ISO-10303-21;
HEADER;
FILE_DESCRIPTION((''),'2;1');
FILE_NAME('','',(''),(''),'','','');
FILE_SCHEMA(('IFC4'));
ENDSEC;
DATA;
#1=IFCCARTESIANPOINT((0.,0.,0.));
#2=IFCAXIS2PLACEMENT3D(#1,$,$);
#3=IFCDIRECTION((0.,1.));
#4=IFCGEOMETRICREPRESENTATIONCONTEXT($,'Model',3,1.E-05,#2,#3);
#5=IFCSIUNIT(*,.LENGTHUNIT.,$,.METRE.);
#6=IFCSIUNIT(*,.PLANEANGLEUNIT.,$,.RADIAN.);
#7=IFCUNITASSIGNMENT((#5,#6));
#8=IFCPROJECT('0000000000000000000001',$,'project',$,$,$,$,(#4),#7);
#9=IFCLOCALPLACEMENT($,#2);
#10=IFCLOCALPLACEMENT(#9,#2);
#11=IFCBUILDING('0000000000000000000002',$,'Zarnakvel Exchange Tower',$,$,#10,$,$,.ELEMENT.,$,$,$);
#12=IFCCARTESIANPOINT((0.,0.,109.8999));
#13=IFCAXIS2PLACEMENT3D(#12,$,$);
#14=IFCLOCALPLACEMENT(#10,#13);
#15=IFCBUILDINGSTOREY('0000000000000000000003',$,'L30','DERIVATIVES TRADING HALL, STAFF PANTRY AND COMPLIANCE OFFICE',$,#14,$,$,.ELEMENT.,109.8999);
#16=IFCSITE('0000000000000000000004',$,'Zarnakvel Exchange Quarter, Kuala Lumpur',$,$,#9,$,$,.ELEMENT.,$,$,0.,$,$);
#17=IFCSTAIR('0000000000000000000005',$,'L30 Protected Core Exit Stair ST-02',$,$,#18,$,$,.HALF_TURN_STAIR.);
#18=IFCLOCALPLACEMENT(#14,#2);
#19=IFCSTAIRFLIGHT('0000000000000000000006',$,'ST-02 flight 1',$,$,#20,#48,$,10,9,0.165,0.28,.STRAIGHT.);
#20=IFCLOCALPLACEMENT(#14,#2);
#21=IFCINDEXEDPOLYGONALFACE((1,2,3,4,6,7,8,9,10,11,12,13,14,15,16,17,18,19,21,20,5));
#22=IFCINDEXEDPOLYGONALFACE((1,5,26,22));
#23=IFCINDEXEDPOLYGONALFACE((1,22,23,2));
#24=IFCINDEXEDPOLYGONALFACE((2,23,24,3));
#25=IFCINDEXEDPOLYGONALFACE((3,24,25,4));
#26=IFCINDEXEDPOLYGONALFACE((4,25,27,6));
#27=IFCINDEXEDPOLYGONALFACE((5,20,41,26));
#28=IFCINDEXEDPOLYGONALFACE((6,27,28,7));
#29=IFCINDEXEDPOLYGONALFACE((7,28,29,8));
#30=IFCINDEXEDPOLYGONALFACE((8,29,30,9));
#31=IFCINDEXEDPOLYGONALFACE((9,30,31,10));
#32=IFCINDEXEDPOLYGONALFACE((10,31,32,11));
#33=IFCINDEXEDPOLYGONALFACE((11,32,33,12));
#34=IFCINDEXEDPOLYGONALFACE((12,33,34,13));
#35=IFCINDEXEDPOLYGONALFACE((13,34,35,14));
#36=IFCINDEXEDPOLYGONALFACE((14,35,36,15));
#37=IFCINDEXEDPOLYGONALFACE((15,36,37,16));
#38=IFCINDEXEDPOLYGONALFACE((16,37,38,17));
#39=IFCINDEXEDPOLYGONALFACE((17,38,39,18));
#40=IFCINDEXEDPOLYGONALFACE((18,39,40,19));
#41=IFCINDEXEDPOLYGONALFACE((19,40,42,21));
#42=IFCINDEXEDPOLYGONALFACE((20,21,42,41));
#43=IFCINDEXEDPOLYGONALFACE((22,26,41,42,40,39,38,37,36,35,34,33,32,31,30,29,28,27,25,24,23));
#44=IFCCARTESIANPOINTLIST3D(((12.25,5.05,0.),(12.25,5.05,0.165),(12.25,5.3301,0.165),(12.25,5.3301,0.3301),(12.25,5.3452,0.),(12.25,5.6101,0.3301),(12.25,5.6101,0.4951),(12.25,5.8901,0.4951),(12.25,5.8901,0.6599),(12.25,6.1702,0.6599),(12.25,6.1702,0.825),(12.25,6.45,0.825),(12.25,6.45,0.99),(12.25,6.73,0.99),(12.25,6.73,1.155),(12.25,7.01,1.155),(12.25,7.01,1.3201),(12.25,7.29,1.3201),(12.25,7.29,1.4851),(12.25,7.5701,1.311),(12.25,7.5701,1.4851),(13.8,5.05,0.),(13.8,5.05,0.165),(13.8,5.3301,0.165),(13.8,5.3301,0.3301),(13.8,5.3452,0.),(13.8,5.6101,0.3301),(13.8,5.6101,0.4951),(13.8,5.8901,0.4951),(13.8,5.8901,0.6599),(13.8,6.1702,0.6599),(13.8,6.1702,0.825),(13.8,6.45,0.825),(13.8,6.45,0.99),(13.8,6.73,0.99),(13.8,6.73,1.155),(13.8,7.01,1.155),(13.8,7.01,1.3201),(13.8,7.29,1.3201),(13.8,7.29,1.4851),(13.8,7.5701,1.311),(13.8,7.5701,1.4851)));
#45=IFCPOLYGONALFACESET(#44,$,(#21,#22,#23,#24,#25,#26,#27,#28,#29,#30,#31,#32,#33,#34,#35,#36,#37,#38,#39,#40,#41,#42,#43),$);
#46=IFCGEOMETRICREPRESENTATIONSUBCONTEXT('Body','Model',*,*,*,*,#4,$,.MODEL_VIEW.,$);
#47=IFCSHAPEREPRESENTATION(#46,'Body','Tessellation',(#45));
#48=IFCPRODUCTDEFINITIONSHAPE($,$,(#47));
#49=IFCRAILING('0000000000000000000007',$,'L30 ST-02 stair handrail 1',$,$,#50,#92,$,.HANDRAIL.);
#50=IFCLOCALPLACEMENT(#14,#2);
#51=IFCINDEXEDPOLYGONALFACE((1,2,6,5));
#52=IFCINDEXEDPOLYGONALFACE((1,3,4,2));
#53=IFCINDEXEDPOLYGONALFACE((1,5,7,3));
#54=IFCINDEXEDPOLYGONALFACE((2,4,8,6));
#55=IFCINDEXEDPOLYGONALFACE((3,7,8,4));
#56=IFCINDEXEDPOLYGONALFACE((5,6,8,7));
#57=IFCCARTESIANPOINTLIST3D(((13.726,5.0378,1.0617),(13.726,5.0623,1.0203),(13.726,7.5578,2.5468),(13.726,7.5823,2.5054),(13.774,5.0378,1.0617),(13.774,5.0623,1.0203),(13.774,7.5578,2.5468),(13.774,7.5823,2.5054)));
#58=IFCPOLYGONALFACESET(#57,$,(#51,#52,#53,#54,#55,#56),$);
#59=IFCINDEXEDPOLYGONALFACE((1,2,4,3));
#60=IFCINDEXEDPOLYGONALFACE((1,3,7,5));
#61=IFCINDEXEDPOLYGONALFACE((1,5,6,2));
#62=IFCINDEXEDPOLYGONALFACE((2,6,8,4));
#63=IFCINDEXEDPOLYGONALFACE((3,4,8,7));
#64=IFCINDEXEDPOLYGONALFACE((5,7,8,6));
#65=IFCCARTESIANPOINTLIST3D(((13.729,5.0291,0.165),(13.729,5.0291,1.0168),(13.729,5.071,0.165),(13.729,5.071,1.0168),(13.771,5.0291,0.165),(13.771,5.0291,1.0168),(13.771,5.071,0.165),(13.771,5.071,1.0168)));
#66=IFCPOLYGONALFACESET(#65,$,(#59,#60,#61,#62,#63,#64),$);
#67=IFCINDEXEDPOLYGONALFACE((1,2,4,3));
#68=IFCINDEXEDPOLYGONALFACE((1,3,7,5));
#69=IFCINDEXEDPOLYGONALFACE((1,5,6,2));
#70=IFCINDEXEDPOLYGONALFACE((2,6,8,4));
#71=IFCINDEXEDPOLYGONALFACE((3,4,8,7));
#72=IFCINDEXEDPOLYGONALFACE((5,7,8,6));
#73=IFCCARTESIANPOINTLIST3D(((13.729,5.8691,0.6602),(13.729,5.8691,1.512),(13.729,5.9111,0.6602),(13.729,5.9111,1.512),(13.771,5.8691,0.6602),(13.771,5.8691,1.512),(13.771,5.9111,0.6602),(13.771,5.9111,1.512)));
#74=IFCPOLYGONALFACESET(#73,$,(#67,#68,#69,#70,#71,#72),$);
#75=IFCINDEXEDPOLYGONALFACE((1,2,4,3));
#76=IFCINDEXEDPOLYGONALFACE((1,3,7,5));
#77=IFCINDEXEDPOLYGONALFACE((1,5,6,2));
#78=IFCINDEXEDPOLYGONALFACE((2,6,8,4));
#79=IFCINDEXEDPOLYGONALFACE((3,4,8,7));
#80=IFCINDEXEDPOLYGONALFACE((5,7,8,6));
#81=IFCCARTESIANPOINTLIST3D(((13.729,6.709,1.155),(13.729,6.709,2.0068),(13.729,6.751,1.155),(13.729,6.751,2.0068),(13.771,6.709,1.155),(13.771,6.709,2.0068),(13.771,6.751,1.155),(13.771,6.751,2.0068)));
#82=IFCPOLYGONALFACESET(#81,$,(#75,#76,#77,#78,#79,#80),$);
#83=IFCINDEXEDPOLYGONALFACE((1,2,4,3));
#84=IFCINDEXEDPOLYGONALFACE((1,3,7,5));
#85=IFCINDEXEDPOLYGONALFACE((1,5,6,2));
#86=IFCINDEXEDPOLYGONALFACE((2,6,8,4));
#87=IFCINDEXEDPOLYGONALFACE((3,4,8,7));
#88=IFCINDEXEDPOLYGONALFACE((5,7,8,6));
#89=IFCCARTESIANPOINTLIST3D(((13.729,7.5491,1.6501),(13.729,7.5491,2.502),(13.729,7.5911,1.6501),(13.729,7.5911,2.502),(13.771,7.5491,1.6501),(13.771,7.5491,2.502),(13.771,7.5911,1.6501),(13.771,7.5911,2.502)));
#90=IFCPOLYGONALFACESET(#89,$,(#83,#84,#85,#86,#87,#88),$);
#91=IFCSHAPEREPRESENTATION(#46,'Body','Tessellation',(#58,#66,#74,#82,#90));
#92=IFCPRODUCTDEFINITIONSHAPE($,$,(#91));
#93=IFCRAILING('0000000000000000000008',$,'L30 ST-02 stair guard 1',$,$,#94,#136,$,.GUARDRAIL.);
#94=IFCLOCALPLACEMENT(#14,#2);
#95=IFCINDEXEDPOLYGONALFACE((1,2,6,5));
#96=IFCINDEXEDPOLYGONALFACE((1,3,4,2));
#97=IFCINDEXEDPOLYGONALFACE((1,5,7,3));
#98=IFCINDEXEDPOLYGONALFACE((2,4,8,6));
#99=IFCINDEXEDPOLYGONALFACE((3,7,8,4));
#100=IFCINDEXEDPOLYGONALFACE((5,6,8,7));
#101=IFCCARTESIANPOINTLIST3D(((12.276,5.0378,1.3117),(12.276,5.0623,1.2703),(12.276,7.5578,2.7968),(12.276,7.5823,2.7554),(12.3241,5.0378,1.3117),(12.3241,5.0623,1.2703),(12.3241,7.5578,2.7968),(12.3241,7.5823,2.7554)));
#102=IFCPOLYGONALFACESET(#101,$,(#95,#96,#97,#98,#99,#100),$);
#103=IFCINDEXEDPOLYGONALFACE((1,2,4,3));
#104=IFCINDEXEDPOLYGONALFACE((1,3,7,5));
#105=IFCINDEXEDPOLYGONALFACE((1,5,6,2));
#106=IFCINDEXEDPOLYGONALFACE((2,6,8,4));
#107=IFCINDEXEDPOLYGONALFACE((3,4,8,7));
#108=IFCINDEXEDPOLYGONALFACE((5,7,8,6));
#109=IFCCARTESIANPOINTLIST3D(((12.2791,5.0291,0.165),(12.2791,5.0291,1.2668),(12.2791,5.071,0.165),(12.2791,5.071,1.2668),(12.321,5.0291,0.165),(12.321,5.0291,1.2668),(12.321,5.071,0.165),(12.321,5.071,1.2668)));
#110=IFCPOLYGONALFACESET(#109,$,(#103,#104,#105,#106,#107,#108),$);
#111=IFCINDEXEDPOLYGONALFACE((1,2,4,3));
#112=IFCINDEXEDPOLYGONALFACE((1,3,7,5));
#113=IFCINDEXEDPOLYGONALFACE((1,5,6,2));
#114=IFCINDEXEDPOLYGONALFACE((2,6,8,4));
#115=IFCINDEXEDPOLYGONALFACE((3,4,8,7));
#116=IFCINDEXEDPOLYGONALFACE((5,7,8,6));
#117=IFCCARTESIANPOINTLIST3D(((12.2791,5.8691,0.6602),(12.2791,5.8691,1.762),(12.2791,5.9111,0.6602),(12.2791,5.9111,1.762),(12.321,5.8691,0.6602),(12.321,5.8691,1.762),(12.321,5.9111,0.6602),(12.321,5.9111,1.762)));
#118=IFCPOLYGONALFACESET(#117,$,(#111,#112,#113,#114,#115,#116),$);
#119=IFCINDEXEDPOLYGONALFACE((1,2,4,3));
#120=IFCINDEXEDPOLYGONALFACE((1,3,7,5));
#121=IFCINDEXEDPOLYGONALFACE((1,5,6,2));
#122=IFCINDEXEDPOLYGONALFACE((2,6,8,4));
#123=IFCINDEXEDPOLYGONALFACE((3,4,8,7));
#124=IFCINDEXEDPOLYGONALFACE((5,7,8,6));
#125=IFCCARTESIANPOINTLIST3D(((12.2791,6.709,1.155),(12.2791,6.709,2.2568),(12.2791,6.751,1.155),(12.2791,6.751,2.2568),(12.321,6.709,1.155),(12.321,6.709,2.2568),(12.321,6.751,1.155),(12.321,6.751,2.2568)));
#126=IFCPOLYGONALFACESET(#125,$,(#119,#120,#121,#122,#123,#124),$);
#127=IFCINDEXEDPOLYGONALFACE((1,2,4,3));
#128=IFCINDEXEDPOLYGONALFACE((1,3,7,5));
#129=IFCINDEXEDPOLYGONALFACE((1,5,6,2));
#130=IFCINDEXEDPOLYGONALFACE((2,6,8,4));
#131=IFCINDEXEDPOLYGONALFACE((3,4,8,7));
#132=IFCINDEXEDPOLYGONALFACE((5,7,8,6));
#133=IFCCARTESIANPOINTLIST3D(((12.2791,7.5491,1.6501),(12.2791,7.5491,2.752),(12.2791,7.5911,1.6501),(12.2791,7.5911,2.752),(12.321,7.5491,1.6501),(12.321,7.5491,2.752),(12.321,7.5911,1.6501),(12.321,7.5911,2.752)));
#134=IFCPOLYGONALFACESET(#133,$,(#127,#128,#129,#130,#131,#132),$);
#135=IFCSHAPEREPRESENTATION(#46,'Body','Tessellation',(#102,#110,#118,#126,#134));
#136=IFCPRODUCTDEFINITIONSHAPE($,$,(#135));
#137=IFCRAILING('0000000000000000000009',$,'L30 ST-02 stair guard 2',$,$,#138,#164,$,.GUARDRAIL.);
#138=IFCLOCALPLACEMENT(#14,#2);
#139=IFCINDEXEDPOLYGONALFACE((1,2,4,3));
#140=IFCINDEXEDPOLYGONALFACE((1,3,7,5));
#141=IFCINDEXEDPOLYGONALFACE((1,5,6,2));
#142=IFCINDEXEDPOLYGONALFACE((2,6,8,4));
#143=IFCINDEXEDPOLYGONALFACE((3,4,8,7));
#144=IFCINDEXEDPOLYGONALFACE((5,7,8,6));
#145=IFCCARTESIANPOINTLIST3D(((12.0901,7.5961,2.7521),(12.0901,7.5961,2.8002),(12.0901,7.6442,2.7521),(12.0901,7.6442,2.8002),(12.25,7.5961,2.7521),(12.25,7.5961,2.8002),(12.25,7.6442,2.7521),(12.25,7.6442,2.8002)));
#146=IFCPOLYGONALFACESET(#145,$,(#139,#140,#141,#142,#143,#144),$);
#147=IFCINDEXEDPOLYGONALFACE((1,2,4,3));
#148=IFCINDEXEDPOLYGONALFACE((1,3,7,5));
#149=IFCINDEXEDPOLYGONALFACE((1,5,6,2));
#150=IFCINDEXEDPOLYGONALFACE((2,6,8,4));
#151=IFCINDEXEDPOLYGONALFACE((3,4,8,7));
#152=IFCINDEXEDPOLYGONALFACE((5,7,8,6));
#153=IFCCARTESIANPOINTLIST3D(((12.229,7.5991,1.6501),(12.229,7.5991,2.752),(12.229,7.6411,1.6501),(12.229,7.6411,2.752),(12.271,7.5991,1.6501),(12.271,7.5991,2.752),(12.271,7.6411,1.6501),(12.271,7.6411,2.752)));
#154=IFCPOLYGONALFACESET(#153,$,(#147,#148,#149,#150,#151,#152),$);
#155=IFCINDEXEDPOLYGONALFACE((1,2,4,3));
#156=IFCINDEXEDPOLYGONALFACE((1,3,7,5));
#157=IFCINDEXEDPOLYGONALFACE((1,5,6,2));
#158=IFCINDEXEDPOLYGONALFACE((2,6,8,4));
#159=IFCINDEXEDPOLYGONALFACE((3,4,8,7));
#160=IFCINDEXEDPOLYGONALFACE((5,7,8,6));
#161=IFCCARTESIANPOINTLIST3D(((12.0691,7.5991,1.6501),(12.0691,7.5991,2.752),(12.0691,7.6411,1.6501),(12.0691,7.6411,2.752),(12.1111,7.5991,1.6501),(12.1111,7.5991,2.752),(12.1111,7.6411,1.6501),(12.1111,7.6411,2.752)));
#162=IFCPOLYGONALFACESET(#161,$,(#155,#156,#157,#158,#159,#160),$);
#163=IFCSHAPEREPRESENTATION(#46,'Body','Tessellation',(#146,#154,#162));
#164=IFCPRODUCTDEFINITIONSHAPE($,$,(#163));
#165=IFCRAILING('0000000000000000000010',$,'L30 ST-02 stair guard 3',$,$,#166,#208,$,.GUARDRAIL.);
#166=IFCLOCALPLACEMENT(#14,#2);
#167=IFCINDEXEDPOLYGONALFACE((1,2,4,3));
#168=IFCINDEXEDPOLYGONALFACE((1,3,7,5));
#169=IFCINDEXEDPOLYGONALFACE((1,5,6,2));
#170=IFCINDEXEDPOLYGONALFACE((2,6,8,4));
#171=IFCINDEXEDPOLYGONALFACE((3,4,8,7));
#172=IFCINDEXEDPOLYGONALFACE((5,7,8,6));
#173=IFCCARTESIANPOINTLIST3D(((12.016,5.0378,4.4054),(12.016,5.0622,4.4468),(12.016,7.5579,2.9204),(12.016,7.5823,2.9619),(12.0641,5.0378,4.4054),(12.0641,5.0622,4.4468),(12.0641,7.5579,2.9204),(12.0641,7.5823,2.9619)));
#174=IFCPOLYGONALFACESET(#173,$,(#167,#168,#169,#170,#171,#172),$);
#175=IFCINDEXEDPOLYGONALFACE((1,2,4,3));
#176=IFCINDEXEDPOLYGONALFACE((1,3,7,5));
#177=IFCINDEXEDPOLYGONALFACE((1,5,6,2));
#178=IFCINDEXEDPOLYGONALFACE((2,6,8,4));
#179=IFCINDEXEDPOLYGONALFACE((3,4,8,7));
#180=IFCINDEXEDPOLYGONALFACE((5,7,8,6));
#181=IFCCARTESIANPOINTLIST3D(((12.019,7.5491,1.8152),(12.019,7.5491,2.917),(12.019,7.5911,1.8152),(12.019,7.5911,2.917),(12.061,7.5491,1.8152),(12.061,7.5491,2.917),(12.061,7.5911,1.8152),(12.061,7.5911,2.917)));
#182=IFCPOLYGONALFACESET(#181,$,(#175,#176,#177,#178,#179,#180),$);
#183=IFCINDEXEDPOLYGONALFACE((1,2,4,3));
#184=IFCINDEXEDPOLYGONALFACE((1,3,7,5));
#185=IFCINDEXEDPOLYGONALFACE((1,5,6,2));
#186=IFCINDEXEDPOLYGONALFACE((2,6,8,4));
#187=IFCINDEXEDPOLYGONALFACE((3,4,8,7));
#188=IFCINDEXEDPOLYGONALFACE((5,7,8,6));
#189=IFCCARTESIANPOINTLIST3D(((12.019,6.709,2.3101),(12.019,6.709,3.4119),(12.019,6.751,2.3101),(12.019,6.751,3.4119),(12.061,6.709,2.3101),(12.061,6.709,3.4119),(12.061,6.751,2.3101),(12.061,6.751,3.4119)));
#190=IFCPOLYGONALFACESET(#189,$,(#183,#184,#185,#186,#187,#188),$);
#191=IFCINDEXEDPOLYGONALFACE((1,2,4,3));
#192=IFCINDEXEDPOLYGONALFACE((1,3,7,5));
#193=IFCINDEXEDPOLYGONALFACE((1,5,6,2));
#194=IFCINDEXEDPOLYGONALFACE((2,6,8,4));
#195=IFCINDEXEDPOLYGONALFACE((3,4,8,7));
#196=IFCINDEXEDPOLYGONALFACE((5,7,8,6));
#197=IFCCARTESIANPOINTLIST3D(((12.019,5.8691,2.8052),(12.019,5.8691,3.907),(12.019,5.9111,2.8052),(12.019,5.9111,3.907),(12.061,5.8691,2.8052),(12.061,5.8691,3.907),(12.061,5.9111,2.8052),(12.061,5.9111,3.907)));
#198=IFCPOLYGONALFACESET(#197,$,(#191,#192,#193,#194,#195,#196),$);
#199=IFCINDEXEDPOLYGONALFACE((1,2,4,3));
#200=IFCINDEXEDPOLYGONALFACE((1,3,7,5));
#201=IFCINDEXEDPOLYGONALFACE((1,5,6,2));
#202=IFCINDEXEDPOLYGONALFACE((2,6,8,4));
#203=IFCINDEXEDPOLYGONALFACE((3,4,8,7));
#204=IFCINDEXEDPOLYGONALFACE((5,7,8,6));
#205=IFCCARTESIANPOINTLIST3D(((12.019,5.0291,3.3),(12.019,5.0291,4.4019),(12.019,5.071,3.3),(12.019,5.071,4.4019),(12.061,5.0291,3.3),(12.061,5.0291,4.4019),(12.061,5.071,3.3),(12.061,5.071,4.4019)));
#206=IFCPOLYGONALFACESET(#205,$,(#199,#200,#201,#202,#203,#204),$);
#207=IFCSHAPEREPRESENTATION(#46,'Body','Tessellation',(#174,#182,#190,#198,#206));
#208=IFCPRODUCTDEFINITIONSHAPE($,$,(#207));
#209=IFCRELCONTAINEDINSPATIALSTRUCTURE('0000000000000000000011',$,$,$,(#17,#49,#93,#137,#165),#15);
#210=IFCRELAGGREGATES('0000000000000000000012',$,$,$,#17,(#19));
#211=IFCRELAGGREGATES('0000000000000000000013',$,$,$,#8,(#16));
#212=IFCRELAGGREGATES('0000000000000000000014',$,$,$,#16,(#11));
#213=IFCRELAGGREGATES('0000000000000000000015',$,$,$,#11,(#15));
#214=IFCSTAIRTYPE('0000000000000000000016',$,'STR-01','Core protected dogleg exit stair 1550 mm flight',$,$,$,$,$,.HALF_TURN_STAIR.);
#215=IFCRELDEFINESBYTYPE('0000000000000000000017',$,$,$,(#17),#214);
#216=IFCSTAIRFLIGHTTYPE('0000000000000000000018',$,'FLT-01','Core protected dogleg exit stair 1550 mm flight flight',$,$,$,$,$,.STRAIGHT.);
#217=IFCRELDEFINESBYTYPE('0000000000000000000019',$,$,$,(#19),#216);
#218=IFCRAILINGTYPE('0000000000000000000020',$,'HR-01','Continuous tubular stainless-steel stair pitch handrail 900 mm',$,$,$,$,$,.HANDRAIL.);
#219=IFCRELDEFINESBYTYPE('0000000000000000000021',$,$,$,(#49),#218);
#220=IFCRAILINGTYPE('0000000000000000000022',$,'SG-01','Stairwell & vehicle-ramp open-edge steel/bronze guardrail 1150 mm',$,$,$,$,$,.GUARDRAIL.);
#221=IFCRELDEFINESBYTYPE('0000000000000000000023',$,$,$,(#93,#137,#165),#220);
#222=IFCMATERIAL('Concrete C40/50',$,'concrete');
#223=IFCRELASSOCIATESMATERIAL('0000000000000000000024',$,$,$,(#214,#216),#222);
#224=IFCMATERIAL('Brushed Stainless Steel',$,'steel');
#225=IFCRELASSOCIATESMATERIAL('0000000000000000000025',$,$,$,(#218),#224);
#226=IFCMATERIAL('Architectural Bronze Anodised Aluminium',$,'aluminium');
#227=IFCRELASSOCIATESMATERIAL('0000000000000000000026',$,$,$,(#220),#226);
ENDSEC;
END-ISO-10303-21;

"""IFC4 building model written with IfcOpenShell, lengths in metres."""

from ifc_helpers import new_model, si_unit, direction, frame, origin, origin_2d, place, context, subcontext, project, spatial, polyline, rectangle, outline, extrude, material, type_object, element, aggregate, save


model = new_model("IFC4")

# Units and contexts
model_context = context("Model", 3, precision=1e-05, world=origin(), true_north=direction((0.0, 1.0)))
body_context = subcontext(model_context, "Body", "Model", "MODEL_VIEW")
ifc_project = project(units=[si_unit("LENGTHUNIT", "METRE"), si_unit("PLANEANGLEUNIT", "RADIAN")], contexts=[model_context])

# Site, building, storey
site_placement = place(None, origin())
site = spatial("IfcSite", under=ifc_project, at=site_placement, Name="Zarnakvel Exchange Quarter, Kuala Lumpur", CompositionType="ELEMENT", RefElevation=0.0)
building_placement = place(site_placement, origin())
building = spatial("IfcBuilding", under=site, at=building_placement, Name="Zarnakvel Exchange Tower", CompositionType="ELEMENT")
storey_placement = place(building_placement, frame((0.0, 0.0, 109.8999)))
storey = spatial("IfcBuildingStorey", under=building, at=storey_placement, Name="L30", Description="DERIVATIVES TRADING HALL, STAFF PANTRY AND COMPLIANCE OFFICE", CompositionType="ELEMENT", Elevation=109.8999)

# Shared definitions
ifc_material_1 = material(Name="Architectural Bronze Anodised Aluminium", Category="aluminium")

# Shared definitions
ifc_material_2 = material(Name="Concrete C40/50", Category="concrete")

# Stair, stair flight
stair_type = type_object("IfcStairType", Name="STR-01", Description="Core protected dogleg exit stair 1550 mm flight", PredefinedType="HALF_TURN_STAIR", material=ifc_material_2)
stair_placement = place(storey_placement, origin())
stair = element("IfcStair", 1, at=stair_placement, inside=storey, type_object=stair_type, Name="L30 Protected Core Exit Stair ST-02", PredefinedType="HALF_TURN_STAIR")
stair_flight_type = type_object("IfcStairFlightType", Name="FLT-01", Description="Core protected dogleg exit stair 1550 mm flight flight", PredefinedType="STRAIGHT", material=ifc_material_2)
stair_flight_placement = place(storey_placement, frame((13.0249, 5.05, 0.0), z_axis=(0.0, 0.0, 1.0), x_axis=(0.0, 1.0, 0.0)))
stair_flight = element("IfcStairFlight", 2, at=stair_flight_placement, type_object=stair_flight_type, Name="ST-02 flight 1", NumberOfRisers=10, NumberOfTreads=9, PredefinedType="STRAIGHT", RiserHeight=0.165, TreadLength=0.28, context=body_context, shape_type="SweptSolid", body=[
    extrude(outline(polyline([(0.0, 0.0), (0.0, 0.165), (0.28, 0.165), (0.28, 0.3301), (0.5601, 0.3301), (0.5601, 0.4951), (0.8401, 0.4951), (0.8401, 0.6599), (1.1201, 0.6599), (1.1201, 0.825), (1.3999, 0.825), (1.3999, 0.99), (1.6799, 0.99), (1.6799, 1.155), (1.96, 1.155), (1.96, 1.3201), (2.24, 1.3201), (2.24, 1.4851), (2.52, 1.4851), (2.52, 1.6499), (2.52, 1.311), (0.2952, 0.0), (0.0, 0.0)])), frame((0.0, 0.7749, 0.0), z_axis=(0.0, -1.0, 0.0), x_axis=(1.0, 0.0, 0.0)), (0.0, 0.0, 1.0), 1.55),
])
aggregate(stair, [stair_flight])

# Railings
ifc_material_3 = material(Name="Brushed Stainless Steel", Category="steel")
railing_type_1 = type_object("IfcRailingType", Name="HR-01", Description="Continuous tubular stainless-steel stair pitch handrail 900 mm", PredefinedType="HANDRAIL", material=ifc_material_3)
railing_1_placement = place(storey_placement, frame((13.75, 5.05, 0.165)))
element("IfcRailing", 3, at=railing_1_placement, inside=storey, type_object=railing_type_1, Name="L30 ST-02 stair handrail 1", PredefinedType="HANDRAIL", context=body_context, shape_type="SweptSolid", body=[
    extrude(rectangle(XDim=0.0481, YDim=0.0481, at=origin_2d()), frame((0.0, 0.0, 0.876), z_axis=(0.0, 0.861524, 0.507717), x_axis=(-1.0, 0.0, 0.0)), (0.0, 0.0, 1.0), 2.925),
    extrude(rectangle(XDim=0.042, YDim=0.042, at=origin_2d()), origin(), (0.0, 0.0, 1.0), 0.8518),
    extrude(rectangle(XDim=0.042, YDim=0.042, at=origin_2d()), frame((0.0, 0.8401, 0.4951)), (0.0, 0.0, 1.0), 0.8518),
    extrude(rectangle(XDim=0.042, YDim=0.042, at=origin_2d()), frame((0.0, 1.6799, 0.99)), (0.0, 0.0, 1.0), 0.8518),
    extrude(rectangle(XDim=0.042, YDim=0.042, at=origin_2d()), frame((0.0, 2.52, 1.4851)), (0.0, 0.0, 1.0), 0.8518),
])
railing_type_2 = type_object("IfcRailingType", Name="SG-01", Description="Stairwell & vehicle-ramp open-edge steel/bronze guardrail 1150 mm", PredefinedType="GUARDRAIL", material=ifc_material_1)
railing_2_placement = place(storey_placement, frame((12.3, 5.05, 0.165)))
element("IfcRailing", 4, at=railing_2_placement, inside=storey, type_object=railing_type_2, Name="L30 ST-02 stair guard 1", PredefinedType="GUARDRAIL", context=body_context, shape_type="SweptSolid", body=[
    extrude(rectangle(XDim=0.0481, YDim=0.0481, at=origin_2d()), frame((0.0, 0.0, 1.126), z_axis=(0.0, 0.861524, 0.507717), x_axis=(-1.0, 0.0, 0.0)), (0.0, 0.0, 1.0), 2.925),
    extrude(rectangle(XDim=0.042, YDim=0.042, at=origin_2d()), origin(), (0.0, 0.0, 1.0), 1.1018),
    extrude(rectangle(XDim=0.042, YDim=0.042, at=origin_2d()), frame((0.0, 0.8401, 0.4951)), (0.0, 0.0, 1.0), 1.1018),
    extrude(rectangle(XDim=0.042, YDim=0.042, at=origin_2d()), frame((0.0, 1.6799, 0.99)), (0.0, 0.0, 1.0), 1.1018),
    extrude(rectangle(XDim=0.042, YDim=0.042, at=origin_2d()), frame((0.0, 2.52, 1.4851)), (0.0, 0.0, 1.0), 1.1018),
])
railing_3_placement = place(storey_placement, frame((12.25, 7.6201, 1.6501)))
element("IfcRailing", 5, at=railing_3_placement, inside=storey, type_object=railing_type_2, Name="L30 ST-02 stair guard 2", PredefinedType="GUARDRAIL", context=body_context, shape_type="SweptSolid", body=[
    extrude(rectangle(XDim=0.0481, YDim=0.0481, at=origin_2d()), frame((0.0, 0.0, 1.126), z_axis=(-1.0, 0.0, 0.0), x_axis=(0.0, -1.0, 0.0)), (0.0, 0.0, 1.0), 0.1599),
    extrude(rectangle(XDim=0.042, YDim=0.042, at=origin_2d()), origin(), (0.0, 0.0, 1.0), 1.1018),
    extrude(rectangle(XDim=0.042, YDim=0.042, at=origin_2d()), frame((-0.1599, 0.0, 0.0)), (0.0, 0.0, 1.0), 1.1018),
])
railing_4_placement = place(storey_placement, frame((12.04, 7.5701, 1.8152)))
element("IfcRailing", 6, at=railing_4_placement, inside=storey, type_object=railing_type_2, Name="L30 ST-02 stair guard 3", PredefinedType="GUARDRAIL", context=body_context, shape_type="SweptSolid", body=[
    extrude(rectangle(XDim=0.0481, YDim=0.0481, at=origin_2d()), frame((0.0, 0.0, 1.126), z_axis=(0.0, -0.861561, 0.507655), x_axis=(1.0, 0.0, 0.0)), (0.0, 0.0, 1.0), 2.925),
    extrude(rectangle(XDim=0.042, YDim=0.042, at=origin_2d()), origin(), (0.0, 0.0, 1.0), 1.1018),
    extrude(rectangle(XDim=0.042, YDim=0.042, at=origin_2d()), frame((0.0, -0.8401, 0.4949)), (0.0, 0.0, 1.0), 1.1018),
    extrude(rectangle(XDim=0.042, YDim=0.042, at=origin_2d()), frame((0.0, -1.6799, 0.99)), (0.0, 0.0, 1.0), 1.1018),
    extrude(rectangle(XDim=0.042, YDim=0.042, at=origin_2d()), frame((0.0, -2.52, 1.4849)), (0.0, 0.0, 1.0), 1.1018),
])

save(model, "model.ifc")
